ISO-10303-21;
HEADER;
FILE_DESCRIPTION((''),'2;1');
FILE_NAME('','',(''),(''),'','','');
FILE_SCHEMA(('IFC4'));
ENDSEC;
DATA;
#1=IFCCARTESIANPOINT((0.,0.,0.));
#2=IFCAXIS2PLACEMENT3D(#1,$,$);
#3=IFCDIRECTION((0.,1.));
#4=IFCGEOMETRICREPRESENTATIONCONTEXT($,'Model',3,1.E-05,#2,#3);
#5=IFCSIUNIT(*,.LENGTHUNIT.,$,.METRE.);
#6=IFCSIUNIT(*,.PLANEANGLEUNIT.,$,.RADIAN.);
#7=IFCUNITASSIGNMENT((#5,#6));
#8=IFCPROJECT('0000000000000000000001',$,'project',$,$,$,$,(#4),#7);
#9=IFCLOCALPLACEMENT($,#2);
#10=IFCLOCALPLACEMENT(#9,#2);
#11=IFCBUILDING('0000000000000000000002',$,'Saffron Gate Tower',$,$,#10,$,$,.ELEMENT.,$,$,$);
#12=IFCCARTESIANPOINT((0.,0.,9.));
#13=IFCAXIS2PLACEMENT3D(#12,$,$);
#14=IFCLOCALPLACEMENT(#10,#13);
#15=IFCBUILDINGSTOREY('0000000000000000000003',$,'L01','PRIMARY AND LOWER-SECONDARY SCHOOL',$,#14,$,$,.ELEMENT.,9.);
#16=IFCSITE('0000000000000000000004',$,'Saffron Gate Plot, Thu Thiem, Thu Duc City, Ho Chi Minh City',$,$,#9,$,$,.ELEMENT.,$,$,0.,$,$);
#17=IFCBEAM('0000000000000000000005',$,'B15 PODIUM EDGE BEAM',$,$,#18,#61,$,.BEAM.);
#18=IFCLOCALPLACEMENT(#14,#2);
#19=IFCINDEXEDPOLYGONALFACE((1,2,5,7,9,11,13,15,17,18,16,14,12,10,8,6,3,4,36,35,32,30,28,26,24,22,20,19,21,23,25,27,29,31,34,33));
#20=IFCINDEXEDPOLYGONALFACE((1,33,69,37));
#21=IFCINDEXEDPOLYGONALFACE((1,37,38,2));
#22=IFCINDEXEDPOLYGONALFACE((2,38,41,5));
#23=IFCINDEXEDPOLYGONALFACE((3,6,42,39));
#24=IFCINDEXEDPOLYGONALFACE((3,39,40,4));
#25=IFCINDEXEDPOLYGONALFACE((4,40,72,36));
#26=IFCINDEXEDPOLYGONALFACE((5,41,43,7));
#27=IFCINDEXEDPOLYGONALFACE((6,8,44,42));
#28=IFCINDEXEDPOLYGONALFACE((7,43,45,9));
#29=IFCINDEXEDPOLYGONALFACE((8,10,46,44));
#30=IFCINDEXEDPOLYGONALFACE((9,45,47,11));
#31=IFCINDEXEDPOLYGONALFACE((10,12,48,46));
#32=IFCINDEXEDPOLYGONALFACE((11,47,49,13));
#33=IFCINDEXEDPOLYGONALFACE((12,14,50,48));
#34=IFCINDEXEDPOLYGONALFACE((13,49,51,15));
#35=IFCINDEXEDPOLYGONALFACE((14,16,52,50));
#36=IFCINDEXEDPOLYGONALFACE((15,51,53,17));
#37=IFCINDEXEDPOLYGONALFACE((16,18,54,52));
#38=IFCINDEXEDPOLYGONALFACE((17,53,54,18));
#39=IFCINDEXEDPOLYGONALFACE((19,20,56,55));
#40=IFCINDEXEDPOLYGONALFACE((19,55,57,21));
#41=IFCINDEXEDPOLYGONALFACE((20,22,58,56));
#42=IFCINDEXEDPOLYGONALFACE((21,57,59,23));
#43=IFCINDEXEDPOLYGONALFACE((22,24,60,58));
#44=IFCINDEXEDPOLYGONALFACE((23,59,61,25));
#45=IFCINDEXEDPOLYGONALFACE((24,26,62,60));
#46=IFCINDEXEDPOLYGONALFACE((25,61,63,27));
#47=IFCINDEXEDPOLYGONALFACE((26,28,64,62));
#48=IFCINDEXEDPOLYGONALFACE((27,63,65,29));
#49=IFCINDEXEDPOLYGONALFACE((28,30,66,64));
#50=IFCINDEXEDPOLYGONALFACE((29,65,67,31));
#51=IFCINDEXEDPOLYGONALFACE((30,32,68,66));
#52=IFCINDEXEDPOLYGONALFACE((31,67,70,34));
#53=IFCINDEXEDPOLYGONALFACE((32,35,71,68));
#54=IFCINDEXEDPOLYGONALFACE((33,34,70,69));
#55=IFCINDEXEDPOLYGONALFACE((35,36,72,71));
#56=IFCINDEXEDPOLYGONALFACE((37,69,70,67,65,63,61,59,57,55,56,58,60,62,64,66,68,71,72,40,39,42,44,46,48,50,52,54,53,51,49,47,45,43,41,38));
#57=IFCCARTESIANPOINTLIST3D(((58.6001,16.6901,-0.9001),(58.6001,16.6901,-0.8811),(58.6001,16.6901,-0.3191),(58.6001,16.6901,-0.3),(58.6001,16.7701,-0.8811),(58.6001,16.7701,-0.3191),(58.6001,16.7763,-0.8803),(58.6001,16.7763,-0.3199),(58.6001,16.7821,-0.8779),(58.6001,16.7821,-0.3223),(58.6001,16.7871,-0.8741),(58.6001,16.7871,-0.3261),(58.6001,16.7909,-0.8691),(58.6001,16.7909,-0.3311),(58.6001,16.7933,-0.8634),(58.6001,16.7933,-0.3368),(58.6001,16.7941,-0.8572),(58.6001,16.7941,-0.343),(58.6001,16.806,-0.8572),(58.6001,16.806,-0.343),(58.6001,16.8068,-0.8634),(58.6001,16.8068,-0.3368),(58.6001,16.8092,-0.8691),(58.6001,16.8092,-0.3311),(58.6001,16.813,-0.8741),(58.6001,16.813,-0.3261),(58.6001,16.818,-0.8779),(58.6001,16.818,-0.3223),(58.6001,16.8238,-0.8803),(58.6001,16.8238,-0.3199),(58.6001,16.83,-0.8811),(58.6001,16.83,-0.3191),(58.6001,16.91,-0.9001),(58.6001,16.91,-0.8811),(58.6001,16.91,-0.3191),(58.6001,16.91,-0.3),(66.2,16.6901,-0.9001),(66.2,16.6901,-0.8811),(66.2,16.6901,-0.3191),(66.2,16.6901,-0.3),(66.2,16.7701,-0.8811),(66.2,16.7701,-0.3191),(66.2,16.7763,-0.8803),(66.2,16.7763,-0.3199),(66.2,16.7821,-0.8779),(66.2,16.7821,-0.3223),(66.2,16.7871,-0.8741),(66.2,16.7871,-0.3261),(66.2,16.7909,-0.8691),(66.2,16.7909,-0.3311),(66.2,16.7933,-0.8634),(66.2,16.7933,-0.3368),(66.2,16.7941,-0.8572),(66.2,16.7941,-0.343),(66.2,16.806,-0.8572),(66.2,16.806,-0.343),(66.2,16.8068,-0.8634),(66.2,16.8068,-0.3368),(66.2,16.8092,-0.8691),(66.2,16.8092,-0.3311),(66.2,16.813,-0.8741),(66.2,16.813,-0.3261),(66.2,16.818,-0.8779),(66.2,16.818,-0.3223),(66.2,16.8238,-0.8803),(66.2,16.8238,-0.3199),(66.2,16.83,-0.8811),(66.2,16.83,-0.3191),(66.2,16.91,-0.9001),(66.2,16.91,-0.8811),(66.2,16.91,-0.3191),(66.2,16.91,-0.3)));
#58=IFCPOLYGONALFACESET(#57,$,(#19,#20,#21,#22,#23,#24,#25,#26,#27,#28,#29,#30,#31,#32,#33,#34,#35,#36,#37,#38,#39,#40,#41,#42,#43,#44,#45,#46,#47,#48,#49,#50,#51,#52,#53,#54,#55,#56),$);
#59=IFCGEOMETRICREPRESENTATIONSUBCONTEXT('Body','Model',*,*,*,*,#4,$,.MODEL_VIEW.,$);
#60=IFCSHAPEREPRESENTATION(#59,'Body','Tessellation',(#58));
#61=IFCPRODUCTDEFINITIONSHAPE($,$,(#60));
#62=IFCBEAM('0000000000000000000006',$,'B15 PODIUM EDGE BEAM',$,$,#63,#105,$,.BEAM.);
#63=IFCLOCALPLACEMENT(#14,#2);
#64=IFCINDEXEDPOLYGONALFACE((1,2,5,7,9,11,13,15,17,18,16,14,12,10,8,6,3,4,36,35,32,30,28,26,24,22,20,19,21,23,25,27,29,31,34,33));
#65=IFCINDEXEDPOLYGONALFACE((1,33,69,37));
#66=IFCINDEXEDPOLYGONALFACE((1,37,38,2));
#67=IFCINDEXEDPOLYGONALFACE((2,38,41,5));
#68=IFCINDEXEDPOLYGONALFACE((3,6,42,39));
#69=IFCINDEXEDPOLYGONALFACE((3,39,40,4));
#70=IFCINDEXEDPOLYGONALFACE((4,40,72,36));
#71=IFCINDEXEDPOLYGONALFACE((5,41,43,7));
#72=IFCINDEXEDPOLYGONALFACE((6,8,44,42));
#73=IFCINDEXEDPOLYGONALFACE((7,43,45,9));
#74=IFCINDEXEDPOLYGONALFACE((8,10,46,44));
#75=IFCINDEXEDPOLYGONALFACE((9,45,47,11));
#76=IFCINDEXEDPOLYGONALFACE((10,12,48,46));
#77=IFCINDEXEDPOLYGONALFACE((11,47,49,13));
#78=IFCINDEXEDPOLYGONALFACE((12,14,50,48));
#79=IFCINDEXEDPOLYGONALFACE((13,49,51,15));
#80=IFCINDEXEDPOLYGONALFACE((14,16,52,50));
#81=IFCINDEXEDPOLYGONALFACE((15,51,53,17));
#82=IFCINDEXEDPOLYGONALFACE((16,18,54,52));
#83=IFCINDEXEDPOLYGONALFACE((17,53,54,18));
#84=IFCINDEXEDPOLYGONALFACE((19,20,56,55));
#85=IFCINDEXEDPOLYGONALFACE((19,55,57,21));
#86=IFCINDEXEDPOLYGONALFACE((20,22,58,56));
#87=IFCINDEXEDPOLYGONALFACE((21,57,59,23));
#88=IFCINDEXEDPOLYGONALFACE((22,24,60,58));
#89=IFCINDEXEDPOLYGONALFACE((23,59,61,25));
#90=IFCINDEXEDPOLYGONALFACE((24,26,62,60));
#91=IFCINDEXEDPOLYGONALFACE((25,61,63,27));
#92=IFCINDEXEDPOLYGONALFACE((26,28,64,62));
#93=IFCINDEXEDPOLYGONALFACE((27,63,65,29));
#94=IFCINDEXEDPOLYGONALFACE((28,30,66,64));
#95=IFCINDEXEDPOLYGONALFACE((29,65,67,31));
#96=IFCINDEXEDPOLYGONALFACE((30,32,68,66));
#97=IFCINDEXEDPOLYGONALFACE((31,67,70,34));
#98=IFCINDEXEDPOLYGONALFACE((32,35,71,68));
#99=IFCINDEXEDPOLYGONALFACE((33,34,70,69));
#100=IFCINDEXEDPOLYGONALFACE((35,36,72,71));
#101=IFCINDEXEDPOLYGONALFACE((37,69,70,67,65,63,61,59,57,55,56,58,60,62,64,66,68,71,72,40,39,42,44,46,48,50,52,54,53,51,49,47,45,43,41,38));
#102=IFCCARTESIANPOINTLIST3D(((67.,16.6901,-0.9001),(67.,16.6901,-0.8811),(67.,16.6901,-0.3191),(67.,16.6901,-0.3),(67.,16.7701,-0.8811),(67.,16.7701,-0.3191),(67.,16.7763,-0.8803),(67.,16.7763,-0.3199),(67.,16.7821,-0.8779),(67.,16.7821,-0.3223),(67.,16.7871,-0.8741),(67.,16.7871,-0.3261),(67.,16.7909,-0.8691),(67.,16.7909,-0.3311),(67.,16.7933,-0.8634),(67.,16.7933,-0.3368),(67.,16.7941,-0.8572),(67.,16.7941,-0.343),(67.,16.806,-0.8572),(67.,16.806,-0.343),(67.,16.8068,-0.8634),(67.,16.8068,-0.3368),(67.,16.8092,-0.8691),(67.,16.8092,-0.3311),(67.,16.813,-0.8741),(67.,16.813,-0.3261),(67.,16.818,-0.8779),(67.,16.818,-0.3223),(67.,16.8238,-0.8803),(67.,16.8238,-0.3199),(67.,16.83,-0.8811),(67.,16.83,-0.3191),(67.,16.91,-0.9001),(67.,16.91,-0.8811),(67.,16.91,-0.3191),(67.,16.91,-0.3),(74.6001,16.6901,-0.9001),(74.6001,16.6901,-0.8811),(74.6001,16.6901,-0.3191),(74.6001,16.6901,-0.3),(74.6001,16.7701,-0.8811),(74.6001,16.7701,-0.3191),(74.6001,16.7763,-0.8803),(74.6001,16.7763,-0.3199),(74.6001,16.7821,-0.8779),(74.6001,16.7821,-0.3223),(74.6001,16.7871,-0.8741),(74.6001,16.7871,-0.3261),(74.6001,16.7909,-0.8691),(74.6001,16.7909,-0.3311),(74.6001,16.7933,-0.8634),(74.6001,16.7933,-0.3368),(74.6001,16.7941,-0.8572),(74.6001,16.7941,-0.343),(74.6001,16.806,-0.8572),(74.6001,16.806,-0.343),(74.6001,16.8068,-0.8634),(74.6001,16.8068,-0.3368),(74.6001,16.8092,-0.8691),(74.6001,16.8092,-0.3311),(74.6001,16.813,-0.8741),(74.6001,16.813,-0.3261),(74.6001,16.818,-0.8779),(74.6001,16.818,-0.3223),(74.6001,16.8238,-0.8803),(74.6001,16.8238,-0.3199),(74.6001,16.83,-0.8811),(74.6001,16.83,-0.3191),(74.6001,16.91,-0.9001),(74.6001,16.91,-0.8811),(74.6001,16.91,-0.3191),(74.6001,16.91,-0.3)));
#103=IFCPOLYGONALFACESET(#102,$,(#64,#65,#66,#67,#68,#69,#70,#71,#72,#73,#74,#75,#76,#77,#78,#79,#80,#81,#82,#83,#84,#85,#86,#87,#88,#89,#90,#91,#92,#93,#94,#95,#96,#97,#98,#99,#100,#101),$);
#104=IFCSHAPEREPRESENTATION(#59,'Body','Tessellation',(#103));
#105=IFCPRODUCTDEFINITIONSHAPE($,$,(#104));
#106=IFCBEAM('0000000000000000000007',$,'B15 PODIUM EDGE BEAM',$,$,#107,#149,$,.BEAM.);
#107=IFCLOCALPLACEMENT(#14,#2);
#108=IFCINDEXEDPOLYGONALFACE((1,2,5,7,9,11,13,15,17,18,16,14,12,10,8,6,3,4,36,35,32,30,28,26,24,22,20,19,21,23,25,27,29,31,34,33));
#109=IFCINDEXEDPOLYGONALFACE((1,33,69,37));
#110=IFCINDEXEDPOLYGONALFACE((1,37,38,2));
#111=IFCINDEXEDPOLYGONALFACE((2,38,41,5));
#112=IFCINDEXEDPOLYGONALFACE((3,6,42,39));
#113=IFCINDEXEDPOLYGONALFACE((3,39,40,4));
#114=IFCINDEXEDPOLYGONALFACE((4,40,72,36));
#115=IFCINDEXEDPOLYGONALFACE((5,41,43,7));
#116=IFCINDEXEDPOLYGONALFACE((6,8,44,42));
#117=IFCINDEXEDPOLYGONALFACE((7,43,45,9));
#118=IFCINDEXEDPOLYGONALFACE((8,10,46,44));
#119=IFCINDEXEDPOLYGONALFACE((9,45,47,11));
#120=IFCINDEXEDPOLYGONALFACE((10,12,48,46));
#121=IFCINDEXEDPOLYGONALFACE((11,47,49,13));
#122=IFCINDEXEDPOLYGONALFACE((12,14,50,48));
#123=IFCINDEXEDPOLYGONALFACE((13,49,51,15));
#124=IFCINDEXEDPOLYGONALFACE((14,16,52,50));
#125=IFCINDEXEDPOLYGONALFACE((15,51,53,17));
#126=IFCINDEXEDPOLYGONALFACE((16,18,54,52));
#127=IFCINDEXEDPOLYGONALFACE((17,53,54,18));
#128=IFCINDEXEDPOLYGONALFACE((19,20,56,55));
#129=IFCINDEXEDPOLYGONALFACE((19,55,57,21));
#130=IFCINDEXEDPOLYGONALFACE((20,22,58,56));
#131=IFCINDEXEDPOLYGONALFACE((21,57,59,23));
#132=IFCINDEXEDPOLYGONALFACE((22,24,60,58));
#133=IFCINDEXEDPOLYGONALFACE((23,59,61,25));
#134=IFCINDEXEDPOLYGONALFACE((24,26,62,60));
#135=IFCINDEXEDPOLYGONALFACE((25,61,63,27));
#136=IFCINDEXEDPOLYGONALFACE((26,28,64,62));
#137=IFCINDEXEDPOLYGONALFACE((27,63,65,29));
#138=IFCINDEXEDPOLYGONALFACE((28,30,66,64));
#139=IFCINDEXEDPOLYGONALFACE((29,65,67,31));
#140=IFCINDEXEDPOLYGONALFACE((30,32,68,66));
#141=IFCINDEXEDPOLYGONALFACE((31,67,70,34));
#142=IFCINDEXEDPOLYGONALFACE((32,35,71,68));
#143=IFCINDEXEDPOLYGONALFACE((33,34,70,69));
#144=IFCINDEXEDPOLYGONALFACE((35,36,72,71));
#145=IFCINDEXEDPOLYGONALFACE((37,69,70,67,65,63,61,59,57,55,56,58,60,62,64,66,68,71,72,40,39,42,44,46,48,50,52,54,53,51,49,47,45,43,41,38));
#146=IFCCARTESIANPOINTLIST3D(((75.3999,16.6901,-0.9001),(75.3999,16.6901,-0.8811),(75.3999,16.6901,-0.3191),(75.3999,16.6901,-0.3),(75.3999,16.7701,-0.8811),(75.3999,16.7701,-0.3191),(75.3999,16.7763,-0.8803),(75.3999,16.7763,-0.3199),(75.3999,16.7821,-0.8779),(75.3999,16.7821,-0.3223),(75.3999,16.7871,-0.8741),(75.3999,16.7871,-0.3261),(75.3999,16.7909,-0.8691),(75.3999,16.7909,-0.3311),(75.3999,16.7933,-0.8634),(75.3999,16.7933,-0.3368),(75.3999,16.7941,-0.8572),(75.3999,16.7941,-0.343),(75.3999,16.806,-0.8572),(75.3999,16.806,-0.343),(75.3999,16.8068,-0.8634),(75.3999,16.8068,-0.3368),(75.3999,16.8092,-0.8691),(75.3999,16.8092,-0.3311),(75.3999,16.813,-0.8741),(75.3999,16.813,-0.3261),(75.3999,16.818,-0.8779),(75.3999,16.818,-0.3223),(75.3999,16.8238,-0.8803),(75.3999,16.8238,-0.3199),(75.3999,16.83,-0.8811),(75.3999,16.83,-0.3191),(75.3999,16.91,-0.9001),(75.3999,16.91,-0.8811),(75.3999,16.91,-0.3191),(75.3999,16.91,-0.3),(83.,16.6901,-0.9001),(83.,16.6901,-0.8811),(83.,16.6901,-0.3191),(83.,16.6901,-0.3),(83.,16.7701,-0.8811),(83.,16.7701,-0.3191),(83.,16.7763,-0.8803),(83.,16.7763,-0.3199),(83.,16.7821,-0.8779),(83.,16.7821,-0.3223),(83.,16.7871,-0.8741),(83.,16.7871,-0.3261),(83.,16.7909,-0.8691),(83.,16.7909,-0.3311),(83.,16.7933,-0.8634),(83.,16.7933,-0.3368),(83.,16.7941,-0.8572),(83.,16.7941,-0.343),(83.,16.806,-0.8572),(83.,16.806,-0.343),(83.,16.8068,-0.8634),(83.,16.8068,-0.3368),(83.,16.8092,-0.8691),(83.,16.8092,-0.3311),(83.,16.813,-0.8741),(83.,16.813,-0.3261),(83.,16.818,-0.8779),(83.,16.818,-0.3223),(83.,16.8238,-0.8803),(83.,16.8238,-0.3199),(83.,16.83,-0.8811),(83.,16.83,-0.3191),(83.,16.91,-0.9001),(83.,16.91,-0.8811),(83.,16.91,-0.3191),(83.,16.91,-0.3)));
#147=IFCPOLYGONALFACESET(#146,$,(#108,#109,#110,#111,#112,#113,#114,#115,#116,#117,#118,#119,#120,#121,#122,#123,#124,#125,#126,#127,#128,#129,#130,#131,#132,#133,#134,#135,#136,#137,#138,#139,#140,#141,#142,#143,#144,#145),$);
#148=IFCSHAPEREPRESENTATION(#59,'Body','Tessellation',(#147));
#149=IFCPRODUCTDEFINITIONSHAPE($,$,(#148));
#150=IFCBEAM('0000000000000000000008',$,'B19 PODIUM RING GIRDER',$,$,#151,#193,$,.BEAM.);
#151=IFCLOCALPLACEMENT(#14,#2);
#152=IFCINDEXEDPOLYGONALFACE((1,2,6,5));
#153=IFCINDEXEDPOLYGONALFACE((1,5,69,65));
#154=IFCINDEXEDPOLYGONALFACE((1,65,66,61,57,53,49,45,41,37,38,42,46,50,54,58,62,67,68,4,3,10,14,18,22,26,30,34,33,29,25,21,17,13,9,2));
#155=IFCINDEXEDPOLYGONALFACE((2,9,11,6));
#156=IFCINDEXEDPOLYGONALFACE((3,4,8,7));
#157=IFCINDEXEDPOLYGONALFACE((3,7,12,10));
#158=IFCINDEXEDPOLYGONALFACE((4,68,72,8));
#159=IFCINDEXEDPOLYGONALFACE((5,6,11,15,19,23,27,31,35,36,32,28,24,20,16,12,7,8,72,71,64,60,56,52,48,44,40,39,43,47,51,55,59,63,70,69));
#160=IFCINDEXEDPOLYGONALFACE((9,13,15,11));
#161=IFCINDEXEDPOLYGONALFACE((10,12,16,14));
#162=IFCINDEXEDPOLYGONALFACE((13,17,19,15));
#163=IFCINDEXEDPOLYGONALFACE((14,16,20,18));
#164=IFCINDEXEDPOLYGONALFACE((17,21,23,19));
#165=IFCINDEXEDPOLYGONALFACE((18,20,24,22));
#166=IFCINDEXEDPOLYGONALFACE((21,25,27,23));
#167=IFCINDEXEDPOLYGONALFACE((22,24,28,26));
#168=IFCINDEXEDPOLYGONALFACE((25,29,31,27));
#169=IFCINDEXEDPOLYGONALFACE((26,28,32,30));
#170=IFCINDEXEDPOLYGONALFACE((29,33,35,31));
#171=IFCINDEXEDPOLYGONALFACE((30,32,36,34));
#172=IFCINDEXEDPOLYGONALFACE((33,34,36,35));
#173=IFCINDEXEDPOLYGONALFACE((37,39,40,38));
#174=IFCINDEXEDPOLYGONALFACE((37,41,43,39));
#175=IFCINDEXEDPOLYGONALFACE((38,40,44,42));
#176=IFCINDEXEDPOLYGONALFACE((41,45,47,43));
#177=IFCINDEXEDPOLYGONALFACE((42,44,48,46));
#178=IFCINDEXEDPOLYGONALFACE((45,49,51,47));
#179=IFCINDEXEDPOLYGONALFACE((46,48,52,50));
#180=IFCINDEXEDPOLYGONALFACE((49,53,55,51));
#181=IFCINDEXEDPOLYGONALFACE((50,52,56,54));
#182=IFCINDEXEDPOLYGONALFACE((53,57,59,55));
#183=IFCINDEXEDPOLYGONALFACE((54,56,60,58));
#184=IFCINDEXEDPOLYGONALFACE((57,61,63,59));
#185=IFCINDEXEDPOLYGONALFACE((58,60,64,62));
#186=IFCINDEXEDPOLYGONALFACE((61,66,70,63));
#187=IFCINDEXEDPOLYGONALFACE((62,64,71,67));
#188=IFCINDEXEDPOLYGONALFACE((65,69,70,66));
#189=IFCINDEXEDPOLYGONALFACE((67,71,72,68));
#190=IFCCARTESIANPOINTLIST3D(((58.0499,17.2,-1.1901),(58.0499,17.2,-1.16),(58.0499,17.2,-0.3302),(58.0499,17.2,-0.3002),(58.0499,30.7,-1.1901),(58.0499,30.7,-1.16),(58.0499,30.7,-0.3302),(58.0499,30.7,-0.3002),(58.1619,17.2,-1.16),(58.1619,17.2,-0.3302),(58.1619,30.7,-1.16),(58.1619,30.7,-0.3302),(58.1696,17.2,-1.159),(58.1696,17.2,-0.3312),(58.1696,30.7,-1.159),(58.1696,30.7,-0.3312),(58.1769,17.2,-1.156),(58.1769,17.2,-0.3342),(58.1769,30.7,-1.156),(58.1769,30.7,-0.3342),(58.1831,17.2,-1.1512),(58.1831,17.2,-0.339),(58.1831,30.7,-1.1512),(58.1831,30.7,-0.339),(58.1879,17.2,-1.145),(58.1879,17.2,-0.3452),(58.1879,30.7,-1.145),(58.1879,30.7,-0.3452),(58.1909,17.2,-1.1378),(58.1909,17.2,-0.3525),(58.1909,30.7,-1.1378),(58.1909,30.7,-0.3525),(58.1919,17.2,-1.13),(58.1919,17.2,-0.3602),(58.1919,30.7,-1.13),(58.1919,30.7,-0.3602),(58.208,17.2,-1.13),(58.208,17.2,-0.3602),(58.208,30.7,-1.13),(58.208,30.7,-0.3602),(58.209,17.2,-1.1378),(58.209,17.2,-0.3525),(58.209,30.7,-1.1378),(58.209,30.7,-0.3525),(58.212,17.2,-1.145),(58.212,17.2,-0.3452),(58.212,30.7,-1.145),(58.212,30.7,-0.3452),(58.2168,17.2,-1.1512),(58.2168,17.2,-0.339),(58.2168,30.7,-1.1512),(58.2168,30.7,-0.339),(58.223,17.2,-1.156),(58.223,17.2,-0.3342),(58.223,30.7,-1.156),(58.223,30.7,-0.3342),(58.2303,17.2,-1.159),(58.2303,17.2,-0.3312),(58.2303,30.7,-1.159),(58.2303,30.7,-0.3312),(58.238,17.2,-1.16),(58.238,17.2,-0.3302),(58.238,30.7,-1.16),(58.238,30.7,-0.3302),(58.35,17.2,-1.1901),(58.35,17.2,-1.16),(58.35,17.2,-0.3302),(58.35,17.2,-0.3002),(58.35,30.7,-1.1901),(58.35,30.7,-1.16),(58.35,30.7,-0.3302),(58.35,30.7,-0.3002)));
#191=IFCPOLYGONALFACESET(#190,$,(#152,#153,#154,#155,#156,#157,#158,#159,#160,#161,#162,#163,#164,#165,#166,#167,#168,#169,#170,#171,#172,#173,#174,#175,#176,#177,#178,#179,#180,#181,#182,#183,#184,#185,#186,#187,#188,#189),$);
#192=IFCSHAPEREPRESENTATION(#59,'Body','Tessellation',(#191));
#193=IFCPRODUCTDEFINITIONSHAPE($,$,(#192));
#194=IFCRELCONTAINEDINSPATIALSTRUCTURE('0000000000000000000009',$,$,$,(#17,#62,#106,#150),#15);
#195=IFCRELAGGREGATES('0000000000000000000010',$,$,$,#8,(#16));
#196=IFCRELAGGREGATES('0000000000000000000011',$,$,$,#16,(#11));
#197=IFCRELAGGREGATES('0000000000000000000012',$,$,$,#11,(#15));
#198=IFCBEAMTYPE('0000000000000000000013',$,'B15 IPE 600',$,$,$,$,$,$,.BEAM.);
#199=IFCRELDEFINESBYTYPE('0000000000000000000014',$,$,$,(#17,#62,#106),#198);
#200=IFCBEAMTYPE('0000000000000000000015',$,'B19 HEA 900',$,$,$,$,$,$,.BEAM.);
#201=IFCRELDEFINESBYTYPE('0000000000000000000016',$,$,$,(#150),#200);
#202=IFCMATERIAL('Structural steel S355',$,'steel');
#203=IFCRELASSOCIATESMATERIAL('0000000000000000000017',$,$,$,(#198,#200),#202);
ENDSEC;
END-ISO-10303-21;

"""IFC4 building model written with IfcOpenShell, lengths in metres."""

from ifc_helpers import new_model, si_unit, direction, frame, origin, origin_2d, place, context, subcontext, project, spatial, i_section, extrude, material, material_profile, profile_set, type_object, element, save


model = new_model("IFC4")

# Units and contexts
model_context = context("Model", 3, precision=1e-05, world=origin(), true_north=direction((0.0, 1.0)))
body_context = subcontext(model_context, "Body", "Model", "MODEL_VIEW")
ifc_project = project(units=[si_unit("LENGTHUNIT", "METRE"), si_unit("PLANEANGLEUNIT", "RADIAN")], contexts=[model_context])

# Site, building, storey
site_placement = place(None, origin())
site = spatial("IfcSite", under=ifc_project, at=site_placement, Name="Saffron Gate Plot, Thu Thiem, Thu Duc City, Ho Chi Minh City", CompositionType="ELEMENT", RefElevation=0.0)
building_placement = place(site_placement, origin())
building = spatial("IfcBuilding", under=site, at=building_placement, Name="Saffron Gate Tower", CompositionType="ELEMENT")
storey_placement = place(building_placement, frame((0.0, 0.0, 9.0)))
storey = spatial("IfcBuildingStorey", under=building, at=storey_placement, Name="L01", Description="PRIMARY AND LOWER-SECONDARY SCHOOL", CompositionType="ELEMENT", Elevation=9.0)

# Beams
ifc_material_1 = material(Name="Structural steel S355", Category="steel")
ifc_material_profile_1 = material_profile(ifc_material_1, i_section(OverallWidth=0.22, OverallDepth=0.6001, WebThickness=0.012, FlangeThickness=0.019, FilletRadius=0.0239, at=origin_2d()))
ifc_profile_set_1 = profile_set([ifc_material_profile_1], Name="Structural steel S355")
beam_type_1 = type_object("IfcBeamType", Name="B15 IPE 600", PredefinedType="BEAM", material=ifc_profile_set_1)
beam_1_placement = place(storey_placement, frame((58.6001, 16.8, -0.6001), z_axis=(1.0, 0.0, 0.0), x_axis=(0.0, 1.0, 0.0)))
element("IfcBeam", 1, at=beam_1_placement, inside=storey, type_object=beam_type_1, Name="B15 PODIUM EDGE BEAM", PredefinedType="BEAM", context=body_context, shape_type="SweptSolid", body=[
    extrude(i_section(OverallWidth=0.22, OverallDepth=0.6001, WebThickness=0.012, FlangeThickness=0.019, FilletRadius=0.0239, at=origin_2d()), origin(), (0.0, 0.0, 1.0), 7.5999),
])
for number, where, z_axis, x_axis, name in (
    (2, (67.0, 16.8, -0.6001), (1.0, 0.0, 0.0), (0.0, 1.0, 0.0), "B15 PODIUM EDGE BEAM"),
    (3, (75.3999, 16.8, -0.6001), (1.0, 0.0, 0.0), (0.0, 1.0, 0.0), "B15 PODIUM EDGE BEAM"),
):
    element("IfcBeam", number, at=place(storey_placement, frame(where, z_axis=z_axis, x_axis=x_axis)), inside=storey, type_object=beam_type_1, Name=name, PredefinedType="BEAM", context=body_context, shape_type="SweptSolid", body=[
        extrude(i_section(OverallWidth=0.22, OverallDepth=0.6001, WebThickness=0.012, FlangeThickness=0.019, FilletRadius=0.0239, at=origin_2d()), origin(), (0.0, 0.0, 1.0), 7.6001),
    ])
ifc_material_profile_2 = material_profile(ifc_material_1, i_section(OverallWidth=0.3, OverallDepth=0.8899, WebThickness=0.0161, FlangeThickness=0.03, FilletRadius=0.03, at=origin_2d()))
ifc_profile_set_2 = profile_set([ifc_material_profile_2], Name="Structural steel S355")
beam_type_2 = type_object("IfcBeamType", Name="B19 HEA 900", PredefinedType="BEAM", material=ifc_profile_set_2)
beam_2_placement = place(storey_placement, frame((58.2, 17.2, -0.7451), z_axis=(0.0, 1.0, 0.0), x_axis=(-1.0, 0.0, 0.0)))
element("IfcBeam", 4, at=beam_2_placement, inside=storey, type_object=beam_type_2, Name="B19 PODIUM RING GIRDER", PredefinedType="BEAM", context=body_context, shape_type="SweptSolid", body=[
    extrude(i_section(OverallWidth=0.3, OverallDepth=0.8899, WebThickness=0.0161, FlangeThickness=0.03, FilletRadius=0.03, at=origin_2d()), origin(), (0.0, 0.0, 1.0), 13.5),
])

save(model, "model.ifc")
